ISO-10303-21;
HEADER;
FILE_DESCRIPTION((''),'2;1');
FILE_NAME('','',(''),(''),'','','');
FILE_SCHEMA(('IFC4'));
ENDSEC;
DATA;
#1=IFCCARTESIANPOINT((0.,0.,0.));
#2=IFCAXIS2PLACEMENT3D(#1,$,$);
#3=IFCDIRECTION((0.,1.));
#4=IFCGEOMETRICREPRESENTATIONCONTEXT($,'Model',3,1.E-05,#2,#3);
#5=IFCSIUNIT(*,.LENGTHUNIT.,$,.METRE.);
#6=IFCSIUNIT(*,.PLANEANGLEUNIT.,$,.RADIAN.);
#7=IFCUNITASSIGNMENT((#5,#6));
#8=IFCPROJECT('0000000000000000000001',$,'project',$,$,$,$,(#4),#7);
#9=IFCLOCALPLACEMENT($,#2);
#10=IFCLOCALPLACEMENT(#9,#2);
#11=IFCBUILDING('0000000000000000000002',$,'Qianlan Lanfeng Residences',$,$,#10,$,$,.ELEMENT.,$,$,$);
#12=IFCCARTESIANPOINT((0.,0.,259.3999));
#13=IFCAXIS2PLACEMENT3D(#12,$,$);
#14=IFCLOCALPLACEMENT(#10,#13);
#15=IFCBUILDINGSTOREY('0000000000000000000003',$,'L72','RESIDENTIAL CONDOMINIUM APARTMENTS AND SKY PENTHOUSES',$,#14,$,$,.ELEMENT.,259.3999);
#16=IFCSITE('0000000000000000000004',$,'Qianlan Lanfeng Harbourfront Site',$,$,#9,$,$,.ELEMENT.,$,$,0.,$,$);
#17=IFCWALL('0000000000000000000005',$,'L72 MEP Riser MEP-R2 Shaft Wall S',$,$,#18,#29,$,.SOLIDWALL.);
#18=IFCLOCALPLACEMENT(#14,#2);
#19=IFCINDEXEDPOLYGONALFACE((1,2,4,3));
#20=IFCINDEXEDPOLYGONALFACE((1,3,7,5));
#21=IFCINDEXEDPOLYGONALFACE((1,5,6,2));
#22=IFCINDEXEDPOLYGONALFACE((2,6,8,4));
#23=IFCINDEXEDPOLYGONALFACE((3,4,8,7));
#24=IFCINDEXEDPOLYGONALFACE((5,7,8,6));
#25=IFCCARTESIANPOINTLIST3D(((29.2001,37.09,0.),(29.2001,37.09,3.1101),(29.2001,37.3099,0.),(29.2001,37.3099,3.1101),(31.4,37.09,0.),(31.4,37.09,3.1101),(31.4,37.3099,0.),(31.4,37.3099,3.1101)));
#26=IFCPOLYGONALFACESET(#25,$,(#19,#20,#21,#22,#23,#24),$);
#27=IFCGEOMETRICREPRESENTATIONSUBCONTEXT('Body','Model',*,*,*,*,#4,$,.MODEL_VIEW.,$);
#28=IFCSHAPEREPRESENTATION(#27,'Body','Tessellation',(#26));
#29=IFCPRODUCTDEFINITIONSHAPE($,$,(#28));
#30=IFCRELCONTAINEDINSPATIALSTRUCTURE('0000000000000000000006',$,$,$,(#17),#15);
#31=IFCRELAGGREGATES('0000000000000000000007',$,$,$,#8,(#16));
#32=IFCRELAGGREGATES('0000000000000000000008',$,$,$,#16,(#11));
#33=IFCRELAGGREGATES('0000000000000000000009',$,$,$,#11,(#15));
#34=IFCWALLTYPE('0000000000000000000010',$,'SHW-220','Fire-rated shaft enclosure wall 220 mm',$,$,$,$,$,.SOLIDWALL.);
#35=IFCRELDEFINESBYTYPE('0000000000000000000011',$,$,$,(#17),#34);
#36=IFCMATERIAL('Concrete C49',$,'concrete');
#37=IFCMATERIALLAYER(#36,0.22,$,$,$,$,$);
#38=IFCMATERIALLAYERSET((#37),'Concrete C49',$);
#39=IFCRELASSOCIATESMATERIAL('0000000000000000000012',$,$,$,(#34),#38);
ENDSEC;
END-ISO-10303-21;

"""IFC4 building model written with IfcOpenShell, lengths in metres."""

from ifc_helpers import new_model, si_unit, direction, frame, frame_2d, origin, place, context, subcontext, project, spatial, rectangle, extrude, material, layer, layer_set, type_object, element, save


model = new_model("IFC4")

# Units and contexts
model_context = context("Model", 3, precision=1e-05, world=origin(), true_north=direction((0.0, 1.0)))
body_context = subcontext(model_context, "Body", "Model", "MODEL_VIEW")
ifc_project = project(units=[si_unit("LENGTHUNIT", "METRE"), si_unit("PLANEANGLEUNIT", "RADIAN")], contexts=[model_context])

# Site, building, storey
site_placement = place(None, origin())
site = spatial("IfcSite", under=ifc_project, at=site_placement, Name="Qianlan Lanfeng Harbourfront Site", CompositionType="ELEMENT", RefElevation=0.0)
building_placement = place(site_placement, origin())
building = spatial("IfcBuilding", under=site, at=building_placement, Name="Qianlan Lanfeng Residences", CompositionType="ELEMENT")
storey_placement = place(building_placement, frame((0.0, 0.0, 259.3999)))
storey = spatial("IfcBuildingStorey", under=building, at=storey_placement, Name="L72", Description="RESIDENTIAL CONDOMINIUM APARTMENTS AND SKY PENTHOUSES", CompositionType="ELEMENT", Elevation=259.3999)

# Wall
ifc_material_1 = material(Name="Concrete C49", Category="concrete")
ifc_layer_1 = layer(ifc_material_1, 0.22)
ifc_layer_set_1 = layer_set([ifc_layer_1], Name="Concrete C49")
wall_type_1 = type_object("IfcWallType", Name="SHW-220", Description="Fire-rated shaft enclosure wall 220 mm", PredefinedType="SOLIDWALL", material=ifc_layer_set_1)
for number, where, z_axis, x_axis, name in (
    (1, (29.2, 37.2, 0.0), (0.0, 0.0, 1.0), (1.0, 0.0, 0.0), "L72 MEP Riser MEP-R2 Shaft Wall S"),
):
    element("IfcWall", number, at=place(storey_placement, frame(where, z_axis=z_axis, x_axis=x_axis)), inside=storey, type_object=wall_type_1, Name=name, PredefinedType="SOLIDWALL", context=body_context, shape_type="SweptSolid", body=[
        extrude(rectangle(XDim=2.2, YDim=0.22, at=frame_2d((1.1001, 0.0))), origin(), (0.0, 0.0, 1.0), 3.1101),
    ])

save(model, "model.ifc")
